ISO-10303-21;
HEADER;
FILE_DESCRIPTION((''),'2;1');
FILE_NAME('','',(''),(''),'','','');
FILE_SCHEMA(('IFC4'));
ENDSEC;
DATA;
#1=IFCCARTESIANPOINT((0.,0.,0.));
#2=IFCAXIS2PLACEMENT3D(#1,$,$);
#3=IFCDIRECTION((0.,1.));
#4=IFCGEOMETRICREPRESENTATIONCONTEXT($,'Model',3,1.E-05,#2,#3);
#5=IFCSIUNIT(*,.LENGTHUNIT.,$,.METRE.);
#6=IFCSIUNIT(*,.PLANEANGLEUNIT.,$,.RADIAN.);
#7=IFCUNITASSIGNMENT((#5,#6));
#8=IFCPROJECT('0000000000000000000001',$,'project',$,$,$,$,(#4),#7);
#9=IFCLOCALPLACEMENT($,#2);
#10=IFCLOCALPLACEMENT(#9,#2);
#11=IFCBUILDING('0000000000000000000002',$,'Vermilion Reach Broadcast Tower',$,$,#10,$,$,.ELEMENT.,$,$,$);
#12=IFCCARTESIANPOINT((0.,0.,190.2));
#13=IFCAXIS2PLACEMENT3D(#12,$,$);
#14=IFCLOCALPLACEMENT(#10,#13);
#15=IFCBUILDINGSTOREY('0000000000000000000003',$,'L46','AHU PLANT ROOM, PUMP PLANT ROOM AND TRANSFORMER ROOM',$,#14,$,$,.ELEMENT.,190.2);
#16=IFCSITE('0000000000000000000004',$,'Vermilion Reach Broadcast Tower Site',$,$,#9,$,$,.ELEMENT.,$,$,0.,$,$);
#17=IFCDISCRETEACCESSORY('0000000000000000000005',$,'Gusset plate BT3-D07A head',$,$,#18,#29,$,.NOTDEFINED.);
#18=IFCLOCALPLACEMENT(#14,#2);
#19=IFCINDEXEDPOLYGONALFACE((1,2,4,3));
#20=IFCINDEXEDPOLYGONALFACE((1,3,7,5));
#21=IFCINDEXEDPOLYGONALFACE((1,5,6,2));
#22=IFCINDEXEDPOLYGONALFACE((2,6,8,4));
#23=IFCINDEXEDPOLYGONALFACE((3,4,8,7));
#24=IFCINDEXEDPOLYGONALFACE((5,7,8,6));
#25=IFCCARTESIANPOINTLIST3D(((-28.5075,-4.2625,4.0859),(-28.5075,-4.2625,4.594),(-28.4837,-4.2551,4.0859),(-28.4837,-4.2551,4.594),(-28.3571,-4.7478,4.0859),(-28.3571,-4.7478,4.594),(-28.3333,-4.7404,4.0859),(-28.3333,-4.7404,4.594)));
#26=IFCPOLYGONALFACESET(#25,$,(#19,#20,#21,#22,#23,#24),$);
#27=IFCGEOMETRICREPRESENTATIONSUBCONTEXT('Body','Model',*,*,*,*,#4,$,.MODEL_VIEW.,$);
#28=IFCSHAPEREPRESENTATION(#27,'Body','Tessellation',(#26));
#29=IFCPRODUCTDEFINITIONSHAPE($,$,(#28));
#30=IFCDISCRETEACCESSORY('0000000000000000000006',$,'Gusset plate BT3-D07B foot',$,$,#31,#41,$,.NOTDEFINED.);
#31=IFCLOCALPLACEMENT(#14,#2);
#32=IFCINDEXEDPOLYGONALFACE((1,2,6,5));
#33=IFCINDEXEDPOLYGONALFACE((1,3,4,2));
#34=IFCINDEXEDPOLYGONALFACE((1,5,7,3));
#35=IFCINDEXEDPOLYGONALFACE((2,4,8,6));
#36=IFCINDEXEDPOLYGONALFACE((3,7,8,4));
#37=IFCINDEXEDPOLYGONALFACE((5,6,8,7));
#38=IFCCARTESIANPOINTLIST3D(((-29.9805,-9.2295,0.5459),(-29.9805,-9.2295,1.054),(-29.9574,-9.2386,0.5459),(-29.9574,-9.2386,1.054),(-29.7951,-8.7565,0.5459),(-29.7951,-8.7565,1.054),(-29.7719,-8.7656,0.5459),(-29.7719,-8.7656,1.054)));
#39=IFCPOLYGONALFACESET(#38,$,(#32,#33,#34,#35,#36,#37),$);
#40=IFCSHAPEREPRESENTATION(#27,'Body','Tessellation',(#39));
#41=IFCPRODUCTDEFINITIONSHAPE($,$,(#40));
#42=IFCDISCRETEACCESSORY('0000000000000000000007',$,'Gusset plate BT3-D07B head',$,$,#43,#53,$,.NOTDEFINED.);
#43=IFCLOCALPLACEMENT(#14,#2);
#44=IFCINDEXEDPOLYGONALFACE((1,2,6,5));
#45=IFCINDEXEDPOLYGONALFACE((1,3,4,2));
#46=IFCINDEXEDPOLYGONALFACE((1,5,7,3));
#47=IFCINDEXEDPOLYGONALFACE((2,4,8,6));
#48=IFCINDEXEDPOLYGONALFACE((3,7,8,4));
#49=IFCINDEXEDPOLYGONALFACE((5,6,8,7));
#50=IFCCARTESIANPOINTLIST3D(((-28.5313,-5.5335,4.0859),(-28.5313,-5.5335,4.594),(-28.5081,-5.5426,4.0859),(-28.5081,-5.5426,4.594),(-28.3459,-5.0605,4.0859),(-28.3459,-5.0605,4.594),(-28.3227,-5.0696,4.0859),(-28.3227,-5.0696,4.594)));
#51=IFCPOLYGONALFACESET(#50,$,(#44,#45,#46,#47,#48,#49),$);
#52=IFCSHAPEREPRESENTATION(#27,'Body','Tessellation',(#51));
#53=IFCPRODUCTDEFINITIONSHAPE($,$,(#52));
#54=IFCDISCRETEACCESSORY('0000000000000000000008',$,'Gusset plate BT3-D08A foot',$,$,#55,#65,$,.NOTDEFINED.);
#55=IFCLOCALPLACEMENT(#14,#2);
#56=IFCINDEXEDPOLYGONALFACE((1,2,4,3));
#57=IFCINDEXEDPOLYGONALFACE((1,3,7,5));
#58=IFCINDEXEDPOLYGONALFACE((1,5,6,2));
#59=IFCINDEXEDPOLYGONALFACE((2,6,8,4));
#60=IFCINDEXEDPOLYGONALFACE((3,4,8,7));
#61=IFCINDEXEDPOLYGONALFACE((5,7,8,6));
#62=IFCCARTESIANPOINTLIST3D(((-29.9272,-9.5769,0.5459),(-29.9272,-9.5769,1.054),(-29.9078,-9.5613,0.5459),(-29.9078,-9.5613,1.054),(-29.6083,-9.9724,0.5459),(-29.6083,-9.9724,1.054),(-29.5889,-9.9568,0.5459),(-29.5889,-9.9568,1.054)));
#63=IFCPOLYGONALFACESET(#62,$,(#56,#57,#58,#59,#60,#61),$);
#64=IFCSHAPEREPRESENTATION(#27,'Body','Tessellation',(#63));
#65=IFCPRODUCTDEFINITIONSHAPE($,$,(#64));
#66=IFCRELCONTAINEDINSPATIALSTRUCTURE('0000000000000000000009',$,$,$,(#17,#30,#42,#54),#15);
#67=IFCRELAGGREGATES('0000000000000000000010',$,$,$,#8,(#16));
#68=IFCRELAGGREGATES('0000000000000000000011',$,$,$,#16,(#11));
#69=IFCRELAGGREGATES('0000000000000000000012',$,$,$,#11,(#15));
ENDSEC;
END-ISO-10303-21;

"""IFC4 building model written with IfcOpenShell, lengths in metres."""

from ifc_helpers import new_model, si_unit, direction, frame, origin, origin_2d, place, context, subcontext, project, spatial, rectangle, extrude, element, save


model = new_model("IFC4")

# Units and contexts
model_context = context("Model", 3, precision=1e-05, world=origin(), true_north=direction((0.0, 1.0)))
body_context = subcontext(model_context, "Body", "Model", "MODEL_VIEW")
ifc_project = project(units=[si_unit("LENGTHUNIT", "METRE"), si_unit("PLANEANGLEUNIT", "RADIAN")], contexts=[model_context])

# Site, building, storey
site_placement = place(None, origin())
site = spatial("IfcSite", under=ifc_project, at=site_placement, Name="Vermilion Reach Broadcast Tower Site", CompositionType="ELEMENT", RefElevation=0.0)
building_placement = place(site_placement, origin())
building = spatial("IfcBuilding", under=site, at=building_placement, Name="Vermilion Reach Broadcast Tower", CompositionType="ELEMENT")
storey_placement = place(building_placement, frame((0.0, 0.0, 190.2)))
storey = spatial("IfcBuildingStorey", under=building, at=storey_placement, Name="L46", Description="AHU PLANT ROOM, PUMP PLANT ROOM AND TRANSFORMER ROOM", CompositionType="ELEMENT", Elevation=190.2)

# Discrete accessories
for number, where, z_axis, x_axis, name in (
    (1, (-28.4204, -4.5015, 4.0859), (0.0, 0.0, 1.0), (0.955177, 0.296036, 0.0), "Gusset plate BT3-D07A head"),
    (2, (-29.8762, -8.9976, 0.5459), (0.0, 0.0, 1.0), (-0.930994, 0.365034, 0.0), "Gusset plate BT3-D07B foot"),
    (3, (-28.427, -5.3015, 4.0859), (0.0, 0.0, 1.0), (-0.930994, 0.365034, 0.0), "Gusset plate BT3-D07B head"),
    (4, (-29.7581, -9.7668, 0.5459), (0.0, 0.0, 1.0), (0.778442, 0.627717, 0.0), "Gusset plate BT3-D08A foot"),
):
    element("IfcDiscreteAccessory", number, at=place(storey_placement, frame(where, z_axis=z_axis, x_axis=x_axis)), inside=storey, Name=name, PredefinedType="NOTDEFINED", context=body_context, shape_type="SweptSolid", body=[
        extrude(rectangle(XDim=0.0249, YDim=0.5081, at=origin_2d()), origin(), (0.0, 0.0, 1.0), 0.5081),
    ])

save(model, "model.ifc")
